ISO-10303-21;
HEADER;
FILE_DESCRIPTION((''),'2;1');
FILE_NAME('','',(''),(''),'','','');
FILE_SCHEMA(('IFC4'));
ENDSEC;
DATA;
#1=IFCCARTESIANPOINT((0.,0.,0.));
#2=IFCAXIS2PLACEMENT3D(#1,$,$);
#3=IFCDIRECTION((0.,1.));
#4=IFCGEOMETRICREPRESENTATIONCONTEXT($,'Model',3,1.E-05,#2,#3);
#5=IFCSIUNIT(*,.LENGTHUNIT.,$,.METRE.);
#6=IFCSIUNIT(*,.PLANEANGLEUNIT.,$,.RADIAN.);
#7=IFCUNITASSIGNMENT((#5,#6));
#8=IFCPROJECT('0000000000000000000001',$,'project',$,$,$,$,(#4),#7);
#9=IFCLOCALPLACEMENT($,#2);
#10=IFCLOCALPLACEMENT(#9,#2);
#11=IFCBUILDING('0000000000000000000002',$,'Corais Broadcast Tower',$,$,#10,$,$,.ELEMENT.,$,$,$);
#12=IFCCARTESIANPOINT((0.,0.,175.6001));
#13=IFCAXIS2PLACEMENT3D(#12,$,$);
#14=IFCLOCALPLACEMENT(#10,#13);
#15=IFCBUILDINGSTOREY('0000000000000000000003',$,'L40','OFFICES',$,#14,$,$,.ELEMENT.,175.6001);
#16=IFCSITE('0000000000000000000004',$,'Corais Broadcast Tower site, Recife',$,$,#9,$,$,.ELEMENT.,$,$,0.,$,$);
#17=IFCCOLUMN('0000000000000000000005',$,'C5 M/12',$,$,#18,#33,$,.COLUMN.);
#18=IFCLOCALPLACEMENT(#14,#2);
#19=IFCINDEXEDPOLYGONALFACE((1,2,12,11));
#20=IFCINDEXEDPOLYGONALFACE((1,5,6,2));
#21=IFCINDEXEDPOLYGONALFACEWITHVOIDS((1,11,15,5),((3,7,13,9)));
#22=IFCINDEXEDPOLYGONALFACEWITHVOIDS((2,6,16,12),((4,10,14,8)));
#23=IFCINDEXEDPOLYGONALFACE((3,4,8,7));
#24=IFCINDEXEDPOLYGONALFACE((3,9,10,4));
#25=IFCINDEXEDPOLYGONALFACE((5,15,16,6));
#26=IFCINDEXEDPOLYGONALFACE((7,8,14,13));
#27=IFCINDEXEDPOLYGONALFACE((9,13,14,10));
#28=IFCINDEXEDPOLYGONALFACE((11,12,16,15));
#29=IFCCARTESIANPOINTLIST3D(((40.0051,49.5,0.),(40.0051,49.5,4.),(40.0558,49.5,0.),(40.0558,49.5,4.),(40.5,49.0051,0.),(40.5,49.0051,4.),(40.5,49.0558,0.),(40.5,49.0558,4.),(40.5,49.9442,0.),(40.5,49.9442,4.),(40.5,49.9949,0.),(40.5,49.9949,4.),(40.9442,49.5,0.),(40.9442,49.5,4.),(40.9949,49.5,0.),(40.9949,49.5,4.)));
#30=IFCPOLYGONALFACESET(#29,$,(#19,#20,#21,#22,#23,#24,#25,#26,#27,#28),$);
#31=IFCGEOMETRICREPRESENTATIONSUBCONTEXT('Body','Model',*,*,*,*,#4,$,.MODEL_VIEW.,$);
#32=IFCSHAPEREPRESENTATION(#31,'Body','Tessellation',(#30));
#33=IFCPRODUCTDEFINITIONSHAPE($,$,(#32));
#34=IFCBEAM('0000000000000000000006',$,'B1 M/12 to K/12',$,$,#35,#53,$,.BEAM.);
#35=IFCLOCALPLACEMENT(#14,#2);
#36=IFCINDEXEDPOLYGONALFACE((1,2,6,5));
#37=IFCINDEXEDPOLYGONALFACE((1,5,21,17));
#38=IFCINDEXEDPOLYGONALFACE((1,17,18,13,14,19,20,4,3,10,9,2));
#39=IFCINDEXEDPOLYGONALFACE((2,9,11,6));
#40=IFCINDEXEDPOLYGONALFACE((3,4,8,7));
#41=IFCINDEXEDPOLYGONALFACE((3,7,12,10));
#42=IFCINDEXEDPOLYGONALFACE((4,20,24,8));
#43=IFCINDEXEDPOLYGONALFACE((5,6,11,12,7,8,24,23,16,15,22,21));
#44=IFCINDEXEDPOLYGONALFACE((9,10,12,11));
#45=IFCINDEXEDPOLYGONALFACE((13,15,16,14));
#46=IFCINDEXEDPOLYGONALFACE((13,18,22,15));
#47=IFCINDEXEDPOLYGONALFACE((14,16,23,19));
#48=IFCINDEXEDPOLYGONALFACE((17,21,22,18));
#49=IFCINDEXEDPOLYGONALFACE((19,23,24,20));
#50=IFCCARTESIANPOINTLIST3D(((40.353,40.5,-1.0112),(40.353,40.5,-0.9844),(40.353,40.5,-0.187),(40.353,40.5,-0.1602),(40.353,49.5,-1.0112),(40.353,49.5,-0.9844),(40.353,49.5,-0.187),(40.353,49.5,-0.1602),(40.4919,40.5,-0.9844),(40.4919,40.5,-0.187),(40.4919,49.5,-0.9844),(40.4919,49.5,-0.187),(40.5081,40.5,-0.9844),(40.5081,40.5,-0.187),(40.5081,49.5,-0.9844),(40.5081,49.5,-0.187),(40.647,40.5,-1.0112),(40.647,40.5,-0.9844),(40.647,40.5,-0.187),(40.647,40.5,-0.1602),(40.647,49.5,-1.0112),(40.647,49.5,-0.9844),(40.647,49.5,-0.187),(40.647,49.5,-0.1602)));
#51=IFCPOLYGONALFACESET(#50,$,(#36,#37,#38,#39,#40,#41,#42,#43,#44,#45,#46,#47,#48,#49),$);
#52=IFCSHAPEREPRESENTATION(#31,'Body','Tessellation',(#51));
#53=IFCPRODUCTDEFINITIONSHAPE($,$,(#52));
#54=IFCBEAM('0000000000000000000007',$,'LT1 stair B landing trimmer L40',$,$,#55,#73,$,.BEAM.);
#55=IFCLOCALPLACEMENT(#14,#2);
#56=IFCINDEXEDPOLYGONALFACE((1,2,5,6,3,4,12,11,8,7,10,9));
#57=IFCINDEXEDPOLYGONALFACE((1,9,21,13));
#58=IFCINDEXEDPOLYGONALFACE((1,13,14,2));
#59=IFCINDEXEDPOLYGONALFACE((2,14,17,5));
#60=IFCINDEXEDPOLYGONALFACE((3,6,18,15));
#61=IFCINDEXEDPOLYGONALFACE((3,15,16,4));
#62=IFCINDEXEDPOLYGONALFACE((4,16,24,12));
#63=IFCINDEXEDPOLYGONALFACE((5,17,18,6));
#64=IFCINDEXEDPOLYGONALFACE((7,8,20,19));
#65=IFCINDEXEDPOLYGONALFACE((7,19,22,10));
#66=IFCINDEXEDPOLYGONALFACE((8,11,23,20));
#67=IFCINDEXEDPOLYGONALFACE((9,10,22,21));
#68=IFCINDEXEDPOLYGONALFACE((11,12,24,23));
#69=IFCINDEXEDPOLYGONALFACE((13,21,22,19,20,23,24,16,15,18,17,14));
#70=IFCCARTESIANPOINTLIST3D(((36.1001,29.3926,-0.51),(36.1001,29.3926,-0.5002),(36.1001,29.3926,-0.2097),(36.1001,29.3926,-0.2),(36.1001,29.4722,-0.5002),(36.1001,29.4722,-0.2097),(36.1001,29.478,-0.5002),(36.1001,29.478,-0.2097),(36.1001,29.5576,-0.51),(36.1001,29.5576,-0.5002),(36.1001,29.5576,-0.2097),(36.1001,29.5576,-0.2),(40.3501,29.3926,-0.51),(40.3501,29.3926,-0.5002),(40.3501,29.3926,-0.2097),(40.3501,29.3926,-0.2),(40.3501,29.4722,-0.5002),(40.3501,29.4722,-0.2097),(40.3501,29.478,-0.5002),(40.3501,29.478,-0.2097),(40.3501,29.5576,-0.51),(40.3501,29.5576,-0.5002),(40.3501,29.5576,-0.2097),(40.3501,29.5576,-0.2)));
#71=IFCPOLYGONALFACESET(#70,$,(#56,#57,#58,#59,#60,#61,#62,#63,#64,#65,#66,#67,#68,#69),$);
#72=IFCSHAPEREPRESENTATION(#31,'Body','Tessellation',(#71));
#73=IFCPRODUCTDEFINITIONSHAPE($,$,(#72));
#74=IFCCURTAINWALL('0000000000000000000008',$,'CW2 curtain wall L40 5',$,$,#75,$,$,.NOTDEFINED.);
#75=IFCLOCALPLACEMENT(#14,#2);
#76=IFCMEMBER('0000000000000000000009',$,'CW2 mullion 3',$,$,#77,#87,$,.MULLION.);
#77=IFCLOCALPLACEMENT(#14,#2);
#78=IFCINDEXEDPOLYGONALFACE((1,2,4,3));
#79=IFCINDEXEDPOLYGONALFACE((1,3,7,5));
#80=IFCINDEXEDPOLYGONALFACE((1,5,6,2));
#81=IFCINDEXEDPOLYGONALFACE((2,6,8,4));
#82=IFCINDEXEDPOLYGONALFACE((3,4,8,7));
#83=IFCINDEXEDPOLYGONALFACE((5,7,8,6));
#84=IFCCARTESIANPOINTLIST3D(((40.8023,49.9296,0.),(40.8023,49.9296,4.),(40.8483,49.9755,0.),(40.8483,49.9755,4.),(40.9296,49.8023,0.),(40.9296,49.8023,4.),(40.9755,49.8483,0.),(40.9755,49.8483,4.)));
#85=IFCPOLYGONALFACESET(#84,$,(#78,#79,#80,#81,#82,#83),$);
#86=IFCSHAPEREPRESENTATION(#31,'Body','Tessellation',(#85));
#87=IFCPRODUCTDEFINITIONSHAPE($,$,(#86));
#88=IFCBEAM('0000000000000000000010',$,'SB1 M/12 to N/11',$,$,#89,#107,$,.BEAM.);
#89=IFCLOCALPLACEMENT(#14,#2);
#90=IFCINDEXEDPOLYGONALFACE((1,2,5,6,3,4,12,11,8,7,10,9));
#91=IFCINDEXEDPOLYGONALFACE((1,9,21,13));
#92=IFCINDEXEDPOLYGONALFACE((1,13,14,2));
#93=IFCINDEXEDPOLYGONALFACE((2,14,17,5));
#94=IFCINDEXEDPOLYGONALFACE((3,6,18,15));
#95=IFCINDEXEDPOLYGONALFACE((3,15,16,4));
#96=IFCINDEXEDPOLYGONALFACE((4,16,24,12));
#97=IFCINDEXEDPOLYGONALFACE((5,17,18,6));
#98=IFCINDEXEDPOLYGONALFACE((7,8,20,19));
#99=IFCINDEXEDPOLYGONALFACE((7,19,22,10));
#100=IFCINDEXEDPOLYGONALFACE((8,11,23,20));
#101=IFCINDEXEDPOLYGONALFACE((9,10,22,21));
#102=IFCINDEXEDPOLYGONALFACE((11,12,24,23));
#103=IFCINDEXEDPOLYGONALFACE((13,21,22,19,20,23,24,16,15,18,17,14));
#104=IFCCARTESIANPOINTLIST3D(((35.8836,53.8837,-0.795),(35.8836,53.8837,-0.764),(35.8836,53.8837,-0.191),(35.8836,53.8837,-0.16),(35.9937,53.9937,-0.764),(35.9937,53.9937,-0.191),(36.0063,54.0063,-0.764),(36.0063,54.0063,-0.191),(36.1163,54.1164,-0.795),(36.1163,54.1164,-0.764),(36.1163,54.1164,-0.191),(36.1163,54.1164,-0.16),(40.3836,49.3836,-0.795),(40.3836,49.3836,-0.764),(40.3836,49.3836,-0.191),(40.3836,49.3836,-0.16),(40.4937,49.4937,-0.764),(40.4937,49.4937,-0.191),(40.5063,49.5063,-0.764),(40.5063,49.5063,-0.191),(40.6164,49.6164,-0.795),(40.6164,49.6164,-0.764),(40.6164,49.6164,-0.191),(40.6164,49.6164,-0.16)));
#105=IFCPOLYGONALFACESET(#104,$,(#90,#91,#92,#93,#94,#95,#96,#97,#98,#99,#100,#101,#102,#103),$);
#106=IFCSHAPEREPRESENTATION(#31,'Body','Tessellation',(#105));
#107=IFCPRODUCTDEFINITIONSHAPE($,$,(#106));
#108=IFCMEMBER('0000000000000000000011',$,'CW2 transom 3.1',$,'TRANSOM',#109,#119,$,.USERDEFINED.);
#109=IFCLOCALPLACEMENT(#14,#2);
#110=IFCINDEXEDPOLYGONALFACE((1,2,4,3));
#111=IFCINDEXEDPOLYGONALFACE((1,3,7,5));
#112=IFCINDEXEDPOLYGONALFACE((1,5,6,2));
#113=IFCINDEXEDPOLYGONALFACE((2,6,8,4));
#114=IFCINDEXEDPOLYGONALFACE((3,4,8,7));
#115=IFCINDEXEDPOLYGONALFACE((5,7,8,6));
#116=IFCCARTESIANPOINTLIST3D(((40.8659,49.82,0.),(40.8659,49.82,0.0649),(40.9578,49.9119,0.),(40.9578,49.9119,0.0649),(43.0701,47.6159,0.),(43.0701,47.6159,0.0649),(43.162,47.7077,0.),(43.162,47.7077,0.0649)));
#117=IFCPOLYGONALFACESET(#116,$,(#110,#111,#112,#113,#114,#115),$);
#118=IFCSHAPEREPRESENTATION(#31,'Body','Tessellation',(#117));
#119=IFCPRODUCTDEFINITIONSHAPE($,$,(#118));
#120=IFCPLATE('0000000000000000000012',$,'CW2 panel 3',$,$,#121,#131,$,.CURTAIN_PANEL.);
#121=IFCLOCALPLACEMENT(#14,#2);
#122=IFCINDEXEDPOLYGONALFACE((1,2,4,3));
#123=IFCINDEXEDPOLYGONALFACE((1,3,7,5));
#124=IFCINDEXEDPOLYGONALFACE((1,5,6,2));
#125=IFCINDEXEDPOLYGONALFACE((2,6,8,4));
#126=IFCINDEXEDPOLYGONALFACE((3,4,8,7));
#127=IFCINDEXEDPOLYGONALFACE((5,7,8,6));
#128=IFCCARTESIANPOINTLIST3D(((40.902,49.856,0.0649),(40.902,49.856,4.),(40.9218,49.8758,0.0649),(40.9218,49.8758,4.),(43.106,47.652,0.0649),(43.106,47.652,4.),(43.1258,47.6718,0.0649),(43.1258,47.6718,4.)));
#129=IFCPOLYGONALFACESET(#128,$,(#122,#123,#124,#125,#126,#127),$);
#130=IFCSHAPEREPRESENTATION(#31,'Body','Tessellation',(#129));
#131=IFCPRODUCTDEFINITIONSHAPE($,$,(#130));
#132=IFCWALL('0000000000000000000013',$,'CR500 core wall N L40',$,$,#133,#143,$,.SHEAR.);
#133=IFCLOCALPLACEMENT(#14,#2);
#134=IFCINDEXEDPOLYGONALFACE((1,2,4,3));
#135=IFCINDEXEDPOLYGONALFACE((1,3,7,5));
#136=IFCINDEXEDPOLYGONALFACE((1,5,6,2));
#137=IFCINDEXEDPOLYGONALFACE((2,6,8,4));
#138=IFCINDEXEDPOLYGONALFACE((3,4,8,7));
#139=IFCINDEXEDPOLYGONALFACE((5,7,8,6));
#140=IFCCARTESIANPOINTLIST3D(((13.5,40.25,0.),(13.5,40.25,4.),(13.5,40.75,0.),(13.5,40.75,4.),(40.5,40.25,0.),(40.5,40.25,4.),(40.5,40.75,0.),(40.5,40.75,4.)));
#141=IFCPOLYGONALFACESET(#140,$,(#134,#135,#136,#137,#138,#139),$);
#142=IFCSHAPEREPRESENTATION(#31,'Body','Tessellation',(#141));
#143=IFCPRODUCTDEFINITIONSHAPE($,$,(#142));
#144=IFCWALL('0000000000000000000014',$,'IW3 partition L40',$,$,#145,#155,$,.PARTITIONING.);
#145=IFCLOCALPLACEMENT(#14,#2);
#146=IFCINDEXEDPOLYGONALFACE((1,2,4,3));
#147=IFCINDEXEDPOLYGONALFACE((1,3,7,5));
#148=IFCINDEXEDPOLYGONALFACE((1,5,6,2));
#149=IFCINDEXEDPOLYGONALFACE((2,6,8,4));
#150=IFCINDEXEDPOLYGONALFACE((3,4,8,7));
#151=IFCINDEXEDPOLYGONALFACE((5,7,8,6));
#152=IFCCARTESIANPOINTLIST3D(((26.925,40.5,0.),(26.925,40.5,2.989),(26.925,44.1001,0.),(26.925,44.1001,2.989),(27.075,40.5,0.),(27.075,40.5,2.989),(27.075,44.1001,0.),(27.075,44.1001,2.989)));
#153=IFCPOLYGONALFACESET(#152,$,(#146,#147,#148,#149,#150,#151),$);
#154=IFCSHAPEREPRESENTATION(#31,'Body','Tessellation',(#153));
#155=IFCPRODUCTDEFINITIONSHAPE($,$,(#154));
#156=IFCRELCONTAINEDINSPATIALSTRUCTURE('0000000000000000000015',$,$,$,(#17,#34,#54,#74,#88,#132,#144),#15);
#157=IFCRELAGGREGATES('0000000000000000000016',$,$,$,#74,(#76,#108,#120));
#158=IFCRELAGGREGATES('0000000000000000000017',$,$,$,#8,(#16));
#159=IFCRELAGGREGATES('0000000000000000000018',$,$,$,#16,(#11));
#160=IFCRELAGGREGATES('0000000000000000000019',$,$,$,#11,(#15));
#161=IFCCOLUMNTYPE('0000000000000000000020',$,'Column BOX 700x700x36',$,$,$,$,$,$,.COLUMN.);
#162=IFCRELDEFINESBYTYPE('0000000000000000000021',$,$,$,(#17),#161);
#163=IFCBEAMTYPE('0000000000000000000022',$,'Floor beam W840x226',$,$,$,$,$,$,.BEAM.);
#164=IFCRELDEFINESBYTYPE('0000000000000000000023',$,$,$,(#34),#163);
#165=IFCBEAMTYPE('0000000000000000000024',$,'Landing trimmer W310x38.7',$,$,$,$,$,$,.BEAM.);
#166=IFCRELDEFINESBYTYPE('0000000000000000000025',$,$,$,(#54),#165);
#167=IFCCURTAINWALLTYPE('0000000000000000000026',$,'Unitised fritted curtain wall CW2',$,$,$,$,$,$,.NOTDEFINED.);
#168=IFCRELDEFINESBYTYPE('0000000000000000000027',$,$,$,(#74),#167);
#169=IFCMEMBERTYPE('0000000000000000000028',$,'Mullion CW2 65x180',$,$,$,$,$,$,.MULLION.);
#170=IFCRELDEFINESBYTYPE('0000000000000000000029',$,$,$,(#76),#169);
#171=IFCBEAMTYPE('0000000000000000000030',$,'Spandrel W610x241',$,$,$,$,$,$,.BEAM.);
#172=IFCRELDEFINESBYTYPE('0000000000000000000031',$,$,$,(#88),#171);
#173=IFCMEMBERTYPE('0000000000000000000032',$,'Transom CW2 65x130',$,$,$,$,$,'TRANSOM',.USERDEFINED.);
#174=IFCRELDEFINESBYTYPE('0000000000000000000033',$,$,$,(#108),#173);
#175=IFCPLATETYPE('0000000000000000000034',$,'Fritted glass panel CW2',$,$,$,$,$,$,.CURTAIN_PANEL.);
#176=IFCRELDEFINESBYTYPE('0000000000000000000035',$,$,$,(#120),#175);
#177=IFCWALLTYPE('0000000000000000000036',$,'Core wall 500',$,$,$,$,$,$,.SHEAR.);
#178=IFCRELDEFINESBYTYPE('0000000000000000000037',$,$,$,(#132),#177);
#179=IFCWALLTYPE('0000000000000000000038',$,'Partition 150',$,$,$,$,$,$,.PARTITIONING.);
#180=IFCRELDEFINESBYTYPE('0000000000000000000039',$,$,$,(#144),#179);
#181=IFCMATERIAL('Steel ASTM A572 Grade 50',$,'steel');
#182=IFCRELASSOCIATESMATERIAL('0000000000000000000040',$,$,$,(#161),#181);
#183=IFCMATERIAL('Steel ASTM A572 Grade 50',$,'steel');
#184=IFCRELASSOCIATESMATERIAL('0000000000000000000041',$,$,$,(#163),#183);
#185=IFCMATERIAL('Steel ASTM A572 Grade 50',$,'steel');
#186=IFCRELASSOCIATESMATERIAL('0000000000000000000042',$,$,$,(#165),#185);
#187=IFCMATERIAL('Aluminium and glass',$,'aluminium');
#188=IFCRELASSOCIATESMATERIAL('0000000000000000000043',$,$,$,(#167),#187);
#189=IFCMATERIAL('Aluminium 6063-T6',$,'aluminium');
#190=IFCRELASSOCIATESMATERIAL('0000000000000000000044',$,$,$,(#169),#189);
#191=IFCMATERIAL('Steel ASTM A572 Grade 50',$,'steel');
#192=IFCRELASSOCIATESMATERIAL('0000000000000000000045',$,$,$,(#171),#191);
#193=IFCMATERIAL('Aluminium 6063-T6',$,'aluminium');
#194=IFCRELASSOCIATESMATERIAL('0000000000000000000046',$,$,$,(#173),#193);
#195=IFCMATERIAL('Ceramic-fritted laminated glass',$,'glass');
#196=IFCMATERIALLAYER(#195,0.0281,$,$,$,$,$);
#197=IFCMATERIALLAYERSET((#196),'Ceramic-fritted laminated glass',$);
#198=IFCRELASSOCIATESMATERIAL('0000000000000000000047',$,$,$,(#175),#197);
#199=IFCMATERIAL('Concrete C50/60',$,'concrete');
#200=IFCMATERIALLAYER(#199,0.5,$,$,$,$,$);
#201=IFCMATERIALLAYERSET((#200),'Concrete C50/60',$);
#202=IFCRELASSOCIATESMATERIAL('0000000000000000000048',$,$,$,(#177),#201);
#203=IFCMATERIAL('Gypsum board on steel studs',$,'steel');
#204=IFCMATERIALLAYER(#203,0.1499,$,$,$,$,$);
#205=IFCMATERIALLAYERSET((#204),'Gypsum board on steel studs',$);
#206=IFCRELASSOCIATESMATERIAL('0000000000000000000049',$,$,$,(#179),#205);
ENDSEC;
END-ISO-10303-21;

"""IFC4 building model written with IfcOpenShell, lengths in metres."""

from ifc_helpers import new_model, si_unit, direction, frame, frame_2d, origin, origin_2d, place, context, subcontext, project, spatial, rectangle, hollow_rectangle, i_section, extrude, material, layer, layer_set, material_profile, profile_set, type_object, element, aggregate, save


model = new_model("IFC4")

# Units and contexts
model_context = context("Model", 3, precision=1e-05, world=origin(), true_north=direction((0.0, 1.0)))
body_context = subcontext(model_context, "Body", "Model", "MODEL_VIEW")
ifc_project = project(units=[si_unit("LENGTHUNIT", "METRE"), si_unit("PLANEANGLEUNIT", "RADIAN")], contexts=[model_context])

# Site, building, storey
site_placement = place(None, origin())
site = spatial("IfcSite", under=ifc_project, at=site_placement, Name="Corais Broadcast Tower site, Recife", CompositionType="ELEMENT", RefElevation=0.0)
building_placement = place(site_placement, origin())
building = spatial("IfcBuilding", under=site, at=building_placement, Name="Corais Broadcast Tower", CompositionType="ELEMENT")
storey_placement = place(building_placement, frame((0.0, 0.0, 175.6001)))
storey = spatial("IfcBuildingStorey", under=building, at=storey_placement, Name="L40", Description="OFFICES", CompositionType="ELEMENT", Elevation=175.6001)

# Column
ifc_material_1 = material(Name="Steel ASTM A572 Grade 50", Category="steel")
ifc_material_profile_1 = material_profile(ifc_material_1, hollow_rectangle(XDim=0.7, YDim=0.7, WallThickness=0.0359, at=origin_2d()), Name="BOX 700x700x36")
ifc_profile_set_1 = profile_set([ifc_material_profile_1], Name="Steel ASTM A572 Grade 50")
column_type = type_object("IfcColumnType", Name="Column BOX 700x700x36", PredefinedType="COLUMN", material=ifc_profile_set_1)
column_placement = place(storey_placement, frame((40.5, 49.5, 0.0), z_axis=(0.0, 0.0, 1.0), x_axis=(0.707107, 0.707107, 0.0)))
element("IfcColumn", 1, at=column_placement, inside=storey, type_object=column_type, Name="C5 M/12", PredefinedType="COLUMN", context=body_context, shape_type="SweptSolid", body=[
    extrude(hollow_rectangle(XDim=0.7, YDim=0.7, WallThickness=0.0359, at=origin_2d()), origin(), (0.0, 0.0, 1.0), 4.0),
])

# Beams
ifc_material_2 = material(Name="Steel ASTM A572 Grade 50", Category="steel")
ifc_material_profile_2 = material_profile(ifc_material_2, i_section(OverallWidth=0.2939, OverallDepth=0.8511, WebThickness=0.0161, FlangeThickness=0.0269, at=origin_2d()), Name="W840x226")
ifc_profile_set_2 = profile_set([ifc_material_profile_2], Name="Steel ASTM A572 Grade 50")
beam_type_1 = type_object("IfcBeamType", Name="Floor beam W840x226", PredefinedType="BEAM", material=ifc_profile_set_2)
beam_1_placement = place(storey_placement, frame((40.5, 49.5, -0.5857), z_axis=(0.0, -1.0, 0.0), x_axis=(1.0, 0.0, 0.0)))
element("IfcBeam", 2, at=beam_1_placement, inside=storey, type_object=beam_type_1, Name="B1 M/12 to K/12", PredefinedType="BEAM", context=body_context, shape_type="SweptSolid", body=[
    extrude(i_section(OverallWidth=0.2939, OverallDepth=0.8511, WebThickness=0.0161, FlangeThickness=0.0269, at=origin_2d()), origin(), (0.0, 0.0, 1.0), 9.0),
])
ifc_material_3 = material(Name="Steel ASTM A572 Grade 50", Category="steel")
ifc_material_profile_3 = material_profile(ifc_material_3, i_section(OverallWidth=0.165, OverallDepth=0.3101, WebThickness=0.0059, FlangeThickness=0.0098, at=origin_2d()), Name="W310x38.7")
ifc_profile_set_3 = profile_set([ifc_material_profile_3], Name="Steel ASTM A572 Grade 50")
beam_type_2 = type_object("IfcBeamType", Name="Landing trimmer W310x38.7", PredefinedType="BEAM", material=ifc_profile_set_3)
beam_2_placement = place(storey_placement, frame((36.1001, 29.4751, -0.355), z_axis=(1.0, 0.0, 0.0), x_axis=(0.0, 1.0, 0.0)))
element("IfcBeam", 3, at=beam_2_placement, inside=storey, type_object=beam_type_2, Name="LT1 stair B landing trimmer L40", PredefinedType="BEAM", context=body_context, shape_type="SweptSolid", body=[
    extrude(i_section(OverallWidth=0.165, OverallDepth=0.3101, WebThickness=0.0059, FlangeThickness=0.0098, at=origin_2d()), origin(), (0.0, 0.0, 1.0), 4.25),
])

# Curtain wall, member
ifc_material_4 = material(Name="Aluminium and glass", Category="aluminium")
curtain_wall_type = type_object("IfcCurtainWallType", Name="Unitised fritted curtain wall CW2", PredefinedType="NOTDEFINED", material=ifc_material_4)
curtain_wall_placement = place(storey_placement, origin())
curtain_wall = element("IfcCurtainWall", 4, at=curtain_wall_placement, inside=storey, type_object=curtain_wall_type, Name="CW2 curtain wall L40 5", PredefinedType="NOTDEFINED")
ifc_material_5 = material(Name="Aluminium 6063-T6", Category="aluminium")
ifc_material_profile_4 = material_profile(ifc_material_5, rectangle(XDim=0.0649, YDim=0.1799, at=origin_2d()), Name="Mullion CW2 65x180")
ifc_profile_set_4 = profile_set([ifc_material_profile_4], Name="Aluminium 6063-T6")
member_type_1 = type_object("IfcMemberType", Name="Mullion CW2 65x180", PredefinedType="MULLION", material=ifc_profile_set_4)
member_1_placement = place(storey_placement, frame((40.8889, 49.8889, 0.0), z_axis=(0.0, 0.0, 1.0), x_axis=(0.707107, 0.707107, 0.0)))
member_1 = element("IfcMember", 5, at=member_1_placement, type_object=member_type_1, Name="CW2 mullion 3", PredefinedType="MULLION", context=body_context, shape_type="SweptSolid", body=[
    extrude(rectangle(XDim=0.0649, YDim=0.1799, at=origin_2d()), origin(), (0.0, 0.0, 1.0), 4.0),
])

# Beam
ifc_material_6 = material(Name="Steel ASTM A572 Grade 50", Category="steel")
ifc_material_profile_5 = material_profile(ifc_material_6, i_section(OverallWidth=0.3291, OverallDepth=0.635, WebThickness=0.0178, FlangeThickness=0.031, at=origin_2d()), Name="W610x241")
ifc_profile_set_5 = profile_set([ifc_material_profile_5], Name="Steel ASTM A572 Grade 50")
beam_type_3 = type_object("IfcBeamType", Name="Spandrel W610x241", PredefinedType="BEAM", material=ifc_profile_set_5)
beam_3_placement = place(storey_placement, frame((40.5, 49.5, -0.4775), z_axis=(-0.707107, 0.707107, 0.0), x_axis=(-0.707107, -0.707107, 0.0)))
element("IfcBeam", 6, at=beam_3_placement, inside=storey, type_object=beam_type_3, Name="SB1 M/12 to N/11", PredefinedType="BEAM", context=body_context, shape_type="SweptSolid", body=[
    extrude(i_section(OverallWidth=0.3291, OverallDepth=0.635, WebThickness=0.0178, FlangeThickness=0.031, at=origin_2d()), origin(), (0.0, 0.0, 1.0), 6.364),
])

# Member
ifc_material_7 = material(Name="Aluminium 6063-T6", Category="aluminium")
ifc_material_profile_6 = material_profile(ifc_material_7, rectangle(XDim=0.1299, YDim=0.0649, at=origin_2d()), Name="Transom CW2 65x130")
ifc_profile_set_6 = profile_set([ifc_material_profile_6], Name="Aluminium 6063-T6")
member_type_2 = type_object("IfcMemberType", Name="Transom CW2 65x130", ElementType="TRANSOM", PredefinedType="USERDEFINED", material=ifc_profile_set_6)
member_2_placement = place(storey_placement, frame((40.9119, 49.866, 0.0325), z_axis=(0.707107, -0.707107, 0.0), x_axis=(0.707107, 0.707107, 0.0)))
member_2 = element("IfcMember", 7, at=member_2_placement, type_object=member_type_2, Name="CW2 transom 3.1", ObjectType="TRANSOM", PredefinedType="USERDEFINED", context=body_context, shape_type="SweptSolid", body=[
    extrude(rectangle(XDim=0.1299, YDim=0.0649, at=origin_2d()), origin(), (0.0, 0.0, 1.0), 3.1172),
])

# Plate
ifc_material_8 = material(Name="Ceramic-fritted laminated glass", Category="glass")
ifc_layer_1 = layer(ifc_material_8, 0.0281)
ifc_layer_set_1 = layer_set([ifc_layer_1], Name="Ceramic-fritted laminated glass")
plate_type = type_object("IfcPlateType", Name="Fritted glass panel CW2", PredefinedType="CURTAIN_PANEL", material=ifc_layer_set_1)
plate_placement = place(storey_placement, frame((42.0139, 48.7639, 0.0649), z_axis=(0.0, 0.0, 1.0), x_axis=(0.707107, -0.707107, 0.0)))
plate = element("IfcPlate", 8, at=plate_placement, type_object=plate_type, Name="CW2 panel 3", PredefinedType="CURTAIN_PANEL", context=body_context, shape_type="SweptSolid", body=[
    extrude(rectangle(XDim=3.1169, YDim=0.0281, at=origin_2d()), origin(), (0.0, 0.0, 1.0), 3.9351),
])
aggregate(curtain_wall, [member_1, member_2, plate])

# Walls
ifc_material_9 = material(Name="Concrete C50/60", Category="concrete")
ifc_layer_2 = layer(ifc_material_9, 0.5)
ifc_layer_set_2 = layer_set([ifc_layer_2], Name="Concrete C50/60")
wall_type_1 = type_object("IfcWallType", Name="Core wall 500", PredefinedType="SHEAR", material=ifc_layer_set_2)
wall_1_placement = place(storey_placement, frame((40.5, 40.5, 0.0), z_axis=(0.0, 0.0, 1.0), x_axis=(-1.0, 0.0, 0.0)))
element("IfcWall", 9, at=wall_1_placement, inside=storey, type_object=wall_type_1, Name="CR500 core wall N L40", PredefinedType="SHEAR", context=body_context, shape_type="SweptSolid", body=[
    extrude(rectangle(XDim=27.0, YDim=0.5, at=frame_2d((13.5, 0.0))), origin(), (0.0, 0.0, 1.0), 4.0),
])
ifc_material_10 = material(Name="Gypsum board on steel studs", Category="steel")
ifc_layer_3 = layer(ifc_material_10, 0.1499)
ifc_layer_set_3 = layer_set([ifc_layer_3], Name="Gypsum board on steel studs")
wall_type_2 = type_object("IfcWallType", Name="Partition 150", PredefinedType="PARTITIONING", material=ifc_layer_set_3)
wall_2_placement = place(storey_placement, frame((27.0, 40.5, 0.0), z_axis=(0.0, 0.0, 1.0), x_axis=(0.0, 1.0, 0.0)))
element("IfcWall", 10, at=wall_2_placement, inside=storey, type_object=wall_type_2, Name="IW3 partition L40", PredefinedType="PARTITIONING", context=body_context, shape_type="SweptSolid", body=[
    extrude(rectangle(XDim=3.6001, YDim=0.1499, at=frame_2d((1.8, 0.0))), origin(), (0.0, 0.0, 1.0), 2.989),
])

save(model, "model.ifc")
